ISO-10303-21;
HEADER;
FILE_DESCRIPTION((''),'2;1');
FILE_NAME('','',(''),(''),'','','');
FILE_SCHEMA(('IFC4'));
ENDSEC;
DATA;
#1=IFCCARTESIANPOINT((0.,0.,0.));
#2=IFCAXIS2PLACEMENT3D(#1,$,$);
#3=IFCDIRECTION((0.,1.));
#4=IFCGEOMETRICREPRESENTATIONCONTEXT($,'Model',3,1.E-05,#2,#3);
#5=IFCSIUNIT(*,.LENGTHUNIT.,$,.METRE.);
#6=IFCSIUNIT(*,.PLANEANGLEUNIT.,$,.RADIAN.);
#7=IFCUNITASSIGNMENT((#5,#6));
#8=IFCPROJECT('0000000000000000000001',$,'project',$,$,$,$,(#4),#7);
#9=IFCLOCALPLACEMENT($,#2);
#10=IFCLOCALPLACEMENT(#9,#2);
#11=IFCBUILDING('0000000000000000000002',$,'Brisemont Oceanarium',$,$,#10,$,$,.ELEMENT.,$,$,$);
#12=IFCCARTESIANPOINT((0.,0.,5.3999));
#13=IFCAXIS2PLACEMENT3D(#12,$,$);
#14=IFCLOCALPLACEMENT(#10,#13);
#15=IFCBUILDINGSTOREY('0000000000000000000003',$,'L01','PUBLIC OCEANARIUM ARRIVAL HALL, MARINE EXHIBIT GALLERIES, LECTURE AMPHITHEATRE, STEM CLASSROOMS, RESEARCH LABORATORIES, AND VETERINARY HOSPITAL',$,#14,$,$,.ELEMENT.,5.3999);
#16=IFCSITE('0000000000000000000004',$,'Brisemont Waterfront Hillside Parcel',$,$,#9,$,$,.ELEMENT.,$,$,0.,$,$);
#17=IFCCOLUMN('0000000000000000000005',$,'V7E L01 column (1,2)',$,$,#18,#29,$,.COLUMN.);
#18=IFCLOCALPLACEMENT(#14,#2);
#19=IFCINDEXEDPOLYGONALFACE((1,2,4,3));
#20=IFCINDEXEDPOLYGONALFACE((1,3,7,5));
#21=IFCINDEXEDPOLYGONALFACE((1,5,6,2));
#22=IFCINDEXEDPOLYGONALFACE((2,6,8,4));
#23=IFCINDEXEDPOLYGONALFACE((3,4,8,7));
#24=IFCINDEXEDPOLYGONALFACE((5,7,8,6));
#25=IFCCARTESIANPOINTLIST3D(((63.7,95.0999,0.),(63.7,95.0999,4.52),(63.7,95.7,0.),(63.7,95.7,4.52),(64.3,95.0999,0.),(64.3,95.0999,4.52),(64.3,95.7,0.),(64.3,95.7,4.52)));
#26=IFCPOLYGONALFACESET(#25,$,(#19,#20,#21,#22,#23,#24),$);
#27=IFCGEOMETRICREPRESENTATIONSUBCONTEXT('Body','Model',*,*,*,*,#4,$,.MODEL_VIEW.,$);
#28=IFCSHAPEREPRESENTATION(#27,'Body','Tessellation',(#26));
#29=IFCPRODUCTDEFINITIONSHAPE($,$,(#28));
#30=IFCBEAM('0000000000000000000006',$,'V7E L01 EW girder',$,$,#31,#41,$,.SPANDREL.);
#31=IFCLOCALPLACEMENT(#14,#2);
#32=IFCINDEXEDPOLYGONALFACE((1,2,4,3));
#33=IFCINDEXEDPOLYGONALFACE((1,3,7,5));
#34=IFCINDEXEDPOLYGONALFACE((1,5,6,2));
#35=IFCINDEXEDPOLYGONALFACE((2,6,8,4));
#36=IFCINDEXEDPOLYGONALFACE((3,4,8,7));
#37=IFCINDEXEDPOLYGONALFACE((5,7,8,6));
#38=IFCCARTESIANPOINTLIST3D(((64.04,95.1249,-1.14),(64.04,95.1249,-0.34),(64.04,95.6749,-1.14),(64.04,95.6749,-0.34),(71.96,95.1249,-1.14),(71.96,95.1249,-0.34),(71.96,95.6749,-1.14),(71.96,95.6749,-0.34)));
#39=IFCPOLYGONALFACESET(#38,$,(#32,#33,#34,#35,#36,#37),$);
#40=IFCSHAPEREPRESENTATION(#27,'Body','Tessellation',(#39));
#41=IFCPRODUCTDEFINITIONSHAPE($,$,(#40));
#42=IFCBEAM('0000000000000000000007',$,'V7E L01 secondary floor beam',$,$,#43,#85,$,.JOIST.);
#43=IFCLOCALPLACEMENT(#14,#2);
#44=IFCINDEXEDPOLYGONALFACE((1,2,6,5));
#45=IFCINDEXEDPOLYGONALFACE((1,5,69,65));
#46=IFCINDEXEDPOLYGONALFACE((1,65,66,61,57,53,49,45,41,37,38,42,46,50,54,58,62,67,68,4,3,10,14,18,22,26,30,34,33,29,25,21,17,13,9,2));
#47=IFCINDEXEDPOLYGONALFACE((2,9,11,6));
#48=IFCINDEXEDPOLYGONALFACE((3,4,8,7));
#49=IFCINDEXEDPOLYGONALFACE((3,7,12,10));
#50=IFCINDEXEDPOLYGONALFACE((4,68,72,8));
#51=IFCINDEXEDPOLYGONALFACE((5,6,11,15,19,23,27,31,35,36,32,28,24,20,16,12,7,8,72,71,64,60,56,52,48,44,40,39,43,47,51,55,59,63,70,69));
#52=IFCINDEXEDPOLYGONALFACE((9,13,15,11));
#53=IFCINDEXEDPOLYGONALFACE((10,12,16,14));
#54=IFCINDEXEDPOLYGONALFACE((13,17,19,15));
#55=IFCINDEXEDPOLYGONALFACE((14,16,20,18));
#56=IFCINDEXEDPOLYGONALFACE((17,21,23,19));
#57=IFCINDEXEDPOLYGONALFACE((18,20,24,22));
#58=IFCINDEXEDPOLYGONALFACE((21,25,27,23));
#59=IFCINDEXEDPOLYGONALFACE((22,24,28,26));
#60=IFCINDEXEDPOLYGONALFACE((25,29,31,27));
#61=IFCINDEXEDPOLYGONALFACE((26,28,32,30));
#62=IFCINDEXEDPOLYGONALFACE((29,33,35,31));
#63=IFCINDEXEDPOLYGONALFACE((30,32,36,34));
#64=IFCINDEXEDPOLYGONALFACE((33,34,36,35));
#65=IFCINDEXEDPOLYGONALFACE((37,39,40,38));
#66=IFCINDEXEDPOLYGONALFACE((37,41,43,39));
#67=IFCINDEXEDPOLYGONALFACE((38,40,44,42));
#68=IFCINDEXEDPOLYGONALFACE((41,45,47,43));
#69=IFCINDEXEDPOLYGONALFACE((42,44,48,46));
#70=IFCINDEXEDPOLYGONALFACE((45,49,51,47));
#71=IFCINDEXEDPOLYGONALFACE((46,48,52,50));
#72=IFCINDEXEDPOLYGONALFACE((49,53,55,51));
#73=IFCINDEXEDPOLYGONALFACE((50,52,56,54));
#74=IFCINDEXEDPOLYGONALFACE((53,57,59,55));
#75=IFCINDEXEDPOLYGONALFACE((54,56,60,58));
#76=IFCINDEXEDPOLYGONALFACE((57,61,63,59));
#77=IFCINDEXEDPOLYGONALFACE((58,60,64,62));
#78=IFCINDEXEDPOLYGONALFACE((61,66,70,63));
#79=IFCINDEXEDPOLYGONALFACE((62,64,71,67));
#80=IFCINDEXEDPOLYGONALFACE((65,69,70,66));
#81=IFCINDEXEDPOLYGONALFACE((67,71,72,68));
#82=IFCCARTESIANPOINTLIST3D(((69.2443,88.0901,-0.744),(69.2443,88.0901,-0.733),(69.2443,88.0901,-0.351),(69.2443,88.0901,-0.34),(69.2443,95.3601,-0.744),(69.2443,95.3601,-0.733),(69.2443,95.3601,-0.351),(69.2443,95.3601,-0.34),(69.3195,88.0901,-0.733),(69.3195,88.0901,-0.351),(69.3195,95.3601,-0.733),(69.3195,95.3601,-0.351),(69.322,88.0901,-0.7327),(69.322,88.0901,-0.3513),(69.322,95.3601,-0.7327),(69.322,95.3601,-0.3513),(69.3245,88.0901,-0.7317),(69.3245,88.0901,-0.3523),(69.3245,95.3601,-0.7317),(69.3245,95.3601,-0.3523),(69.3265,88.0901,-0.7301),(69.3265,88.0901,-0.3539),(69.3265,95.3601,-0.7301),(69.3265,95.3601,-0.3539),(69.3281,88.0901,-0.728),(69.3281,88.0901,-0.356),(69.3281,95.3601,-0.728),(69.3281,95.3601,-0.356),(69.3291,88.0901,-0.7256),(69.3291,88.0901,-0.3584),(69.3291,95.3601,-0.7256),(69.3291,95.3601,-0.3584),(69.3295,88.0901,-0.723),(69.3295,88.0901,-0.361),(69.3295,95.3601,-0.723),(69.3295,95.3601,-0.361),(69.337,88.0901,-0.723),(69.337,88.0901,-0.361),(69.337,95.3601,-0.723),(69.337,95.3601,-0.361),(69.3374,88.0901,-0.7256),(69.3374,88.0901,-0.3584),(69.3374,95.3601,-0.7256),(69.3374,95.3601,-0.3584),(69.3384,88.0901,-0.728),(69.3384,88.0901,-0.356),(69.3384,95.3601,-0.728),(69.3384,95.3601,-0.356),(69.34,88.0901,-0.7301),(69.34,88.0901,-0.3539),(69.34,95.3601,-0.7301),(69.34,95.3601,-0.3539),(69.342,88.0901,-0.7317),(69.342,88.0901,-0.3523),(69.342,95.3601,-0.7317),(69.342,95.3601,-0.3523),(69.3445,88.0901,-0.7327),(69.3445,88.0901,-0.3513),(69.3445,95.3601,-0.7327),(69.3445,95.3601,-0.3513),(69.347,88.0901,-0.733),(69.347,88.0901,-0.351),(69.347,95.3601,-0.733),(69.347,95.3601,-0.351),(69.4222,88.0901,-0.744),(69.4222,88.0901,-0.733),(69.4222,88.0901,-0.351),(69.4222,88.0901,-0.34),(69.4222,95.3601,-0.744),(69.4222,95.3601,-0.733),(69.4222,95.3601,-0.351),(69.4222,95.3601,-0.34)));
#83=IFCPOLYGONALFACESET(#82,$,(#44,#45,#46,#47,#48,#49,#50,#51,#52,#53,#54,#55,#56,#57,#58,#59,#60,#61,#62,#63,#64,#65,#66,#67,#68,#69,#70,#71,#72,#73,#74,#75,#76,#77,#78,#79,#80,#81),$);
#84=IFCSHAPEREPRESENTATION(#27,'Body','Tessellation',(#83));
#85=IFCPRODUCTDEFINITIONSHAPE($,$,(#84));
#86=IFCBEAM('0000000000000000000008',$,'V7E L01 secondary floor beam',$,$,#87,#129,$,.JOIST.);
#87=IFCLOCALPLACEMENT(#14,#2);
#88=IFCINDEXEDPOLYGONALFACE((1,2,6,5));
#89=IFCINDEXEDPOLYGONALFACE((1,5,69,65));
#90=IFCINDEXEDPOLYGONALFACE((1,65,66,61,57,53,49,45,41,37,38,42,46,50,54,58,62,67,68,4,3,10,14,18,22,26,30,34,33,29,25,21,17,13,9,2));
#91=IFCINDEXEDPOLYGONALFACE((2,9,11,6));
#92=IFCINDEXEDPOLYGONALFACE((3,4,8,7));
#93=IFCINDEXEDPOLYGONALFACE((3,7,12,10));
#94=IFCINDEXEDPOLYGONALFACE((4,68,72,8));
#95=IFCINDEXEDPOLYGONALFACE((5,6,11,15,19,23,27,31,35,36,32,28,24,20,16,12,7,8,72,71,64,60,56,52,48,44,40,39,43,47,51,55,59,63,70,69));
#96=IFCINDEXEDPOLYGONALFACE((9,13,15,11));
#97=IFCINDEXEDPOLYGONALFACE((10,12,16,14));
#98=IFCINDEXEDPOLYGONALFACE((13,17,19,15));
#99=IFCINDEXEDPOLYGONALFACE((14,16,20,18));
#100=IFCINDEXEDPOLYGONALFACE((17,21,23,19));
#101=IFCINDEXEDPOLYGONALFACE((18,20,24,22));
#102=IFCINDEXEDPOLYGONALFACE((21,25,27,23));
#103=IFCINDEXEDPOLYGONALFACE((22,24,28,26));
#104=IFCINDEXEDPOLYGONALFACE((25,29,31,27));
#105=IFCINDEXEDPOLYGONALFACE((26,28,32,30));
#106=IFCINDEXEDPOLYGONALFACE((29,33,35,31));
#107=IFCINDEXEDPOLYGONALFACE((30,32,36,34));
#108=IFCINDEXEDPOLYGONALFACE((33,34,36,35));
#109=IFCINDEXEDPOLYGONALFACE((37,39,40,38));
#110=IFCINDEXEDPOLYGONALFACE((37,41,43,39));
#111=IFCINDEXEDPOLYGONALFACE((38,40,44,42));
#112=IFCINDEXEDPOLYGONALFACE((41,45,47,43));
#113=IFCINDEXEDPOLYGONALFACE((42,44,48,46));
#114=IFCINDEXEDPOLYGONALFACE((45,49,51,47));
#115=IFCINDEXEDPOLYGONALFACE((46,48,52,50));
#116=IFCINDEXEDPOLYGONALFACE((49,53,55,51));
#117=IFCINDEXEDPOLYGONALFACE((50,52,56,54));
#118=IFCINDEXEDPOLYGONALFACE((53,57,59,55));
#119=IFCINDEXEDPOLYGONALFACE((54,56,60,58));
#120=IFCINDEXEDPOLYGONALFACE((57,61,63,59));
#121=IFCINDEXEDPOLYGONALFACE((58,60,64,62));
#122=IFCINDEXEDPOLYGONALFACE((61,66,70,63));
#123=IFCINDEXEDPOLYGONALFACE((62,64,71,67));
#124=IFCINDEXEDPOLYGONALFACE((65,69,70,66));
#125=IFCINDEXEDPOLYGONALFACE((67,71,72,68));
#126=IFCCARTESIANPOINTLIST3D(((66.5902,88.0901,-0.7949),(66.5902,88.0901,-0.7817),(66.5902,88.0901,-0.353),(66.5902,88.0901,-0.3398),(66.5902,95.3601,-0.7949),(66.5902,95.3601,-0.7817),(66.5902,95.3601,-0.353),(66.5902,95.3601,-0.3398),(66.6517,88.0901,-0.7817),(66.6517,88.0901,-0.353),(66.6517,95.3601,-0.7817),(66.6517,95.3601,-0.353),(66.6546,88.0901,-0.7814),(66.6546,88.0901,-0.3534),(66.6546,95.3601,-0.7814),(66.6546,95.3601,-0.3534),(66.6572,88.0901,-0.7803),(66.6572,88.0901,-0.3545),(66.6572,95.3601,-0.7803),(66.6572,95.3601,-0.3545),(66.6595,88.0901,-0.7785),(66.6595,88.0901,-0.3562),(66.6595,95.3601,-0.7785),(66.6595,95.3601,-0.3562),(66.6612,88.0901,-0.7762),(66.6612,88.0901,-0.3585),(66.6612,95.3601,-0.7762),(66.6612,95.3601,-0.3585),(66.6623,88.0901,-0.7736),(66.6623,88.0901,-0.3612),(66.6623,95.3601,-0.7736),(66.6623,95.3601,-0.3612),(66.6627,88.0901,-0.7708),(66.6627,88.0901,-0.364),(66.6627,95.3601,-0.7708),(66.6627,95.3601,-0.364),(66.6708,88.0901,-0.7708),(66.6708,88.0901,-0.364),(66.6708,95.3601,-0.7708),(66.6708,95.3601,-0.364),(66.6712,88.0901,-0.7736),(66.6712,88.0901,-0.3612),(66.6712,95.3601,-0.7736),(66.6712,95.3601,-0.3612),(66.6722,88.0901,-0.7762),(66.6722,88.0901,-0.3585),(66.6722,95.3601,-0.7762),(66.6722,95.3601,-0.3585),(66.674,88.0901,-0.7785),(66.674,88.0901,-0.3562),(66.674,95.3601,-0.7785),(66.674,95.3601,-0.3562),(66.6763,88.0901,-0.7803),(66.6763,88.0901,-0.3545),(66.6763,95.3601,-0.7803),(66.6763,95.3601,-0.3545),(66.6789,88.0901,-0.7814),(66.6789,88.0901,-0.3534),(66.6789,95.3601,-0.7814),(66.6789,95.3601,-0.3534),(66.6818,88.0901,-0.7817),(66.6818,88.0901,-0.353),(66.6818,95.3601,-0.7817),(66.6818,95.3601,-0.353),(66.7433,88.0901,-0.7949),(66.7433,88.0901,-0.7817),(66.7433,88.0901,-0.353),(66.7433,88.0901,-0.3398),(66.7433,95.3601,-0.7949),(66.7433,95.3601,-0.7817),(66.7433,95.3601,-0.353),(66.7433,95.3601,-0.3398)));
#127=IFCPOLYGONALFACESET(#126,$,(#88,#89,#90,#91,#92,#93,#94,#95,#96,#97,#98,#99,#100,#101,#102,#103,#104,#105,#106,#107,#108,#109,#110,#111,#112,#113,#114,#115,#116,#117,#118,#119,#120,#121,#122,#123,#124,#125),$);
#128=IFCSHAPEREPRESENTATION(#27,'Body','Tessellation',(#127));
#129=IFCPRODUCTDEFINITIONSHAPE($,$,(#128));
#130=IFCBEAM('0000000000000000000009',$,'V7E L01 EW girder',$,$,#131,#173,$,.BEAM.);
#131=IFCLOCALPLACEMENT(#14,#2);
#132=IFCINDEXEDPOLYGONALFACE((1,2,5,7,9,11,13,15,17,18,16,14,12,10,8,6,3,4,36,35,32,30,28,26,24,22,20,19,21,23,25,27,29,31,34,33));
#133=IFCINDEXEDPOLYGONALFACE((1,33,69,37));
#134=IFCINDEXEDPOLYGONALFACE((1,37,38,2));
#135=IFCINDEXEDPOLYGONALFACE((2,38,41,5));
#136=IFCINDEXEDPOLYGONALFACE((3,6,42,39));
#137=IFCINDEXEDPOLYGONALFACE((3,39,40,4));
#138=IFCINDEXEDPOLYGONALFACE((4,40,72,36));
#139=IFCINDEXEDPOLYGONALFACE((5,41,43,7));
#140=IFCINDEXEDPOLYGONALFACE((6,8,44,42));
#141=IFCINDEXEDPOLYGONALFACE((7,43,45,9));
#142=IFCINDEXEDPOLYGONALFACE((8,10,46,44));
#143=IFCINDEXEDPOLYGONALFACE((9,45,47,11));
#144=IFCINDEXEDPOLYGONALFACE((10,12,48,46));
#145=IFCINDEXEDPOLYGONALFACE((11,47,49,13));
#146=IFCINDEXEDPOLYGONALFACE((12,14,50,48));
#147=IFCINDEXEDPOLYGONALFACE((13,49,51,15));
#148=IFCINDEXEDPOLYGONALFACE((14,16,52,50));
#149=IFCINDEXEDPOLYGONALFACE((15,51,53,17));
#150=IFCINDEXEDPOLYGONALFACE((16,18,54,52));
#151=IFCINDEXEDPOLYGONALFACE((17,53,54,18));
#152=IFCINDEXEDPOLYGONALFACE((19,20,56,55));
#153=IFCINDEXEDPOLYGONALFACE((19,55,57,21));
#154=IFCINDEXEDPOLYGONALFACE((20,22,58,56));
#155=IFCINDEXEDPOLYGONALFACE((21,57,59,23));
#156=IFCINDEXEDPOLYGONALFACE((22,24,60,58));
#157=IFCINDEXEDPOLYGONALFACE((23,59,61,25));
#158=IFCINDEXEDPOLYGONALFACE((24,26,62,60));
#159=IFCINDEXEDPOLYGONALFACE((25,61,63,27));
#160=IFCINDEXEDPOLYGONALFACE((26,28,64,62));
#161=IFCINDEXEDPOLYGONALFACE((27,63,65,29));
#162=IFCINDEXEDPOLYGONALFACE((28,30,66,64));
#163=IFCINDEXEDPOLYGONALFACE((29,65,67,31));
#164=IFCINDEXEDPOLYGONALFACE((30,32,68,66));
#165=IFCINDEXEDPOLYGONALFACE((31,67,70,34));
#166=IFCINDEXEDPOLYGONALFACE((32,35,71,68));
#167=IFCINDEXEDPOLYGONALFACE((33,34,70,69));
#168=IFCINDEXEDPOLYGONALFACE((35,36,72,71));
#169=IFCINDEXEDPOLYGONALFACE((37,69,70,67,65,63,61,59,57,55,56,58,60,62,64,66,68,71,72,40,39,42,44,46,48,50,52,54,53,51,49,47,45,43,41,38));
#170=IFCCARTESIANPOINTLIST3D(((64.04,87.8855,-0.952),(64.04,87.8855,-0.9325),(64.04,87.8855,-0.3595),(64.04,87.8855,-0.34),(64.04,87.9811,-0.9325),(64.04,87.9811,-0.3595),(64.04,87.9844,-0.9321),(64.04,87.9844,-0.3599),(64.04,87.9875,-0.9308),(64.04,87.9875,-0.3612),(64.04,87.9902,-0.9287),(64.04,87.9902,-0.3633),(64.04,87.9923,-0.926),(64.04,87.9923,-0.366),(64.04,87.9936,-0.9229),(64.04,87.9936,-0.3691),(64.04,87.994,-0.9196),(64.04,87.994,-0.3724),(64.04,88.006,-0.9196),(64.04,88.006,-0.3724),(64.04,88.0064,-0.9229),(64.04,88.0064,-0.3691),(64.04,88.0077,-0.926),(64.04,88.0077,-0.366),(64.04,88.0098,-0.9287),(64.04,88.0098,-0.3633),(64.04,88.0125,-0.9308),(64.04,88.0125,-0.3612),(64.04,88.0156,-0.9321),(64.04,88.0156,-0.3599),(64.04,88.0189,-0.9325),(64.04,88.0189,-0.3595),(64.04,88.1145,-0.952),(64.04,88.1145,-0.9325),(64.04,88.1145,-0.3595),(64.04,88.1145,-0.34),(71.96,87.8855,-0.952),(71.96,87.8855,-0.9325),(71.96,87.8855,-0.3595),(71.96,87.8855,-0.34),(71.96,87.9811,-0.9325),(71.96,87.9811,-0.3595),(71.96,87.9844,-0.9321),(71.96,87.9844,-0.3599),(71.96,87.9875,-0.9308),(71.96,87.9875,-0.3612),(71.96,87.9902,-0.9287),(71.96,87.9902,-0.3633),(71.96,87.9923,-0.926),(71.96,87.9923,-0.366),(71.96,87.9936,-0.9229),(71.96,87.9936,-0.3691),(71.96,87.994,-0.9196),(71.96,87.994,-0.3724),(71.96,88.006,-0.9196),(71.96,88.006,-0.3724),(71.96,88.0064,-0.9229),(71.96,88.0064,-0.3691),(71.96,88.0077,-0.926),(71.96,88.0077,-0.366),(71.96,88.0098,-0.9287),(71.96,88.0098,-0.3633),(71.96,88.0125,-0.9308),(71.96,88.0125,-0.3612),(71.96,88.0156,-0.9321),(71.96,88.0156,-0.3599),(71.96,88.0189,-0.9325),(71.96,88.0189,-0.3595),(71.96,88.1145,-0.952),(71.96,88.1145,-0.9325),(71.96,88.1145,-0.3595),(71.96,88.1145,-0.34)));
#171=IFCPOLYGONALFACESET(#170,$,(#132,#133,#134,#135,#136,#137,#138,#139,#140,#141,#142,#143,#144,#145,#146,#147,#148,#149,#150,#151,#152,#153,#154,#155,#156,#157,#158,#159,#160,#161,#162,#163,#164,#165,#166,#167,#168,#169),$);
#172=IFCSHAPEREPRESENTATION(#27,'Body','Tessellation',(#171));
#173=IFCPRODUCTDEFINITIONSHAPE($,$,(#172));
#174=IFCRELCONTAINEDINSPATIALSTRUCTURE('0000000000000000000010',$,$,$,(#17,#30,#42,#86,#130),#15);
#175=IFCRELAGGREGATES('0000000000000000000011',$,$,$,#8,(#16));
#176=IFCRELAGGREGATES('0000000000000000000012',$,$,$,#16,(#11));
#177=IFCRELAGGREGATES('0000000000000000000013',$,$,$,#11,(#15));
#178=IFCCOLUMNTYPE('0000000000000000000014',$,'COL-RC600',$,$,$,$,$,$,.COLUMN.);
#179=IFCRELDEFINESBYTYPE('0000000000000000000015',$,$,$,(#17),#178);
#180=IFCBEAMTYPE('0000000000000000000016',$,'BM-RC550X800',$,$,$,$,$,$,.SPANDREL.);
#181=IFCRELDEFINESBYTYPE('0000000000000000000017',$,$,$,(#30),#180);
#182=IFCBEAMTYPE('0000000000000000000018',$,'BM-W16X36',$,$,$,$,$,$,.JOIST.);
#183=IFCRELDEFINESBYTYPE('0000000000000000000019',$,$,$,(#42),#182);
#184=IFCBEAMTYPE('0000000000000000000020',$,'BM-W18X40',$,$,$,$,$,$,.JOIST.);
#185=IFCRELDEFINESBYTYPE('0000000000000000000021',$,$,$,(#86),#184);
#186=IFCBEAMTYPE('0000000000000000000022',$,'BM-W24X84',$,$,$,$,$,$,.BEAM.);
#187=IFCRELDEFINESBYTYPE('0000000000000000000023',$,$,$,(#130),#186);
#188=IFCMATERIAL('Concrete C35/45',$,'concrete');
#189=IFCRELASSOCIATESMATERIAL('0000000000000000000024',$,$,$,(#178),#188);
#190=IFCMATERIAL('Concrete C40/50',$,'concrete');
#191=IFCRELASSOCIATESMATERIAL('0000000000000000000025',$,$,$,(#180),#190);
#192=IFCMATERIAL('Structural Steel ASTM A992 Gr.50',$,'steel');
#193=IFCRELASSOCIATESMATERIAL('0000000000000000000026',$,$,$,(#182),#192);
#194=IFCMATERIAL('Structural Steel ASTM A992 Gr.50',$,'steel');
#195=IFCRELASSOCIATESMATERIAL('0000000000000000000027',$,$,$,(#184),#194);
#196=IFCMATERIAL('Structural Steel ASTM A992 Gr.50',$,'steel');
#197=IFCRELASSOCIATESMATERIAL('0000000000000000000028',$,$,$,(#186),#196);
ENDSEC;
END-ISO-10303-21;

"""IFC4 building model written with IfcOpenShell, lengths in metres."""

from ifc_helpers import new_model, si_unit, direction, frame, origin, origin_2d, place, context, subcontext, project, spatial, rectangle, i_section, extrude, material, material_profile, profile_set, type_object, element, save


model = new_model("IFC4")

# Units and contexts
model_context = context("Model", 3, precision=1e-05, world=origin(), true_north=direction((0.0, 1.0)))
body_context = subcontext(model_context, "Body", "Model", "MODEL_VIEW")
ifc_project = project(units=[si_unit("LENGTHUNIT", "METRE"), si_unit("PLANEANGLEUNIT", "RADIAN")], contexts=[model_context])

# Site, building, storey
site_placement = place(None, origin())
site = spatial("IfcSite", under=ifc_project, at=site_placement, Name="Brisemont Waterfront Hillside Parcel", CompositionType="ELEMENT", RefElevation=0.0)
building_placement = place(site_placement, origin())
building = spatial("IfcBuilding", under=site, at=building_placement, Name="Brisemont Oceanarium", CompositionType="ELEMENT")
storey_placement = place(building_placement, frame((0.0, 0.0, 5.3999)))
storey = spatial("IfcBuildingStorey", under=building, at=storey_placement, Name="L01", Description="PUBLIC OCEANARIUM ARRIVAL HALL, MARINE EXHIBIT GALLERIES, LECTURE AMPHITHEATRE, STEM CLASSROOMS, RESEARCH LABORATORIES, AND VETERINARY HOSPITAL", CompositionType="ELEMENT", Elevation=5.3999)

# Column
ifc_material_1 = material(Name="Concrete C35/45", Category="concrete")
ifc_material_profile_1 = material_profile(ifc_material_1, rectangle(XDim=0.6001, YDim=0.6001, at=origin_2d()), Name="RC-COL-600X600")
ifc_profile_set_1 = profile_set([ifc_material_profile_1], Name="Concrete C35/45")
column_type = type_object("IfcColumnType", Name="COL-RC600", PredefinedType="COLUMN", material=ifc_profile_set_1)
column_placement = place(storey_placement, frame((64.0, 95.3999, 0.0), z_axis=(0.0, 0.0, 1.0), x_axis=(0.0, 1.0, 0.0)))
element("IfcColumn", 1, at=column_placement, inside=storey, type_object=column_type, Name="V7E L01 column (1,2)", PredefinedType="COLUMN", context=body_context, shape_type="SweptSolid", body=[
    extrude(rectangle(XDim=0.6001, YDim=0.6001, at=origin_2d()), origin(), (0.0, 0.0, 1.0), 4.52),
])

# Beams
ifc_material_2 = material(Name="Concrete C40/50", Category="concrete")
ifc_material_profile_2 = material_profile(ifc_material_2, rectangle(XDim=0.55, YDim=0.8, at=origin_2d()), Name="RC-BM-550X800")
ifc_profile_set_2 = profile_set([ifc_material_profile_2], Name="Concrete C40/50")
beam_type_1 = type_object("IfcBeamType", Name="BM-RC550X800", PredefinedType="SPANDREL", material=ifc_profile_set_2)
beam_1_placement = place(storey_placement, frame((64.04, 95.3999, -0.74), z_axis=(1.0, 0.0, 0.0), x_axis=(0.0, 1.0, 0.0)))
element("IfcBeam", 2, at=beam_1_placement, inside=storey, type_object=beam_type_1, Name="V7E L01 EW girder", PredefinedType="SPANDREL", context=body_context, shape_type="SweptSolid", body=[
    extrude(rectangle(XDim=0.55, YDim=0.8, at=origin_2d()), origin(), (0.0, 0.0, 1.0), 7.9199),
])
ifc_material_3 = material(Name="Structural Steel ASTM A992 Gr.50", Category="steel")
ifc_material_profile_3 = material_profile(ifc_material_3, i_section(OverallWidth=0.178, OverallDepth=0.4041, WebThickness=0.0076, FlangeThickness=0.011, FilletRadius=0.01, at=origin_2d()), Name="W16X36")
ifc_profile_set_3 = profile_set([ifc_material_profile_3], Name="Structural Steel ASTM A992 Gr.50")
beam_type_2 = type_object("IfcBeamType", Name="BM-W16X36", PredefinedType="JOIST", material=ifc_profile_set_3)
beam_2_placement = place(storey_placement, frame((69.3333, 88.0901, -0.542), z_axis=(0.0, 1.0, 0.0), x_axis=(-1.0, 0.0, 0.0)))
element("IfcBeam", 3, at=beam_2_placement, inside=storey, type_object=beam_type_2, Name="V7E L01 secondary floor beam", PredefinedType="JOIST", context=body_context, shape_type="SweptSolid", body=[
    extrude(i_section(OverallWidth=0.178, OverallDepth=0.4041, WebThickness=0.0076, FlangeThickness=0.011, FilletRadius=0.01, at=origin_2d()), origin(), (0.0, 0.0, 1.0), 7.27),
])
ifc_material_4 = material(Name="Structural Steel ASTM A992 Gr.50", Category="steel")
ifc_material_profile_4 = material_profile(ifc_material_4, i_section(OverallWidth=0.1531, OverallDepth=0.4551, WebThickness=0.0081, FlangeThickness=0.0132, FilletRadius=0.011, at=origin_2d()), Name="W18X40")
ifc_profile_set_4 = profile_set([ifc_material_profile_4], Name="Structural Steel ASTM A992 Gr.50")
beam_type_3 = type_object("IfcBeamType", Name="BM-W18X40", PredefinedType="JOIST", material=ifc_profile_set_4)
beam_3_placement = place(storey_placement, frame((66.6667, 88.0901, -0.5674), z_axis=(0.0, 1.0, 0.0), x_axis=(-1.0, 0.0, 0.0)))
element("IfcBeam", 4, at=beam_3_placement, inside=storey, type_object=beam_type_3, Name="V7E L01 secondary floor beam", PredefinedType="JOIST", context=body_context, shape_type="SweptSolid", body=[
    extrude(i_section(OverallWidth=0.1531, OverallDepth=0.4551, WebThickness=0.0081, FlangeThickness=0.0132, FilletRadius=0.011, at=origin_2d()), origin(), (0.0, 0.0, 1.0), 7.27),
])
ifc_material_5 = material(Name="Structural Steel ASTM A992 Gr.50", Category="steel")
ifc_material_profile_5 = material_profile(ifc_material_5, i_section(OverallWidth=0.229, OverallDepth=0.6121, WebThickness=0.012, FlangeThickness=0.0195, FilletRadius=0.0129, at=origin_2d()), Name="W24X84")
ifc_profile_set_5 = profile_set([ifc_material_profile_5], Name="Structural Steel ASTM A992 Gr.50")
beam_type_4 = type_object("IfcBeamType", Name="BM-W24X84", PredefinedType="BEAM", material=ifc_profile_set_5)
beam_4_placement = place(storey_placement, frame((64.04, 88.0, -0.646), z_axis=(1.0, 0.0, 0.0), x_axis=(0.0, 1.0, 0.0)))
element("IfcBeam", 5, at=beam_4_placement, inside=storey, type_object=beam_type_4, Name="V7E L01 EW girder", PredefinedType="BEAM", context=body_context, shape_type="SweptSolid", body=[
    extrude(i_section(OverallWidth=0.229, OverallDepth=0.6121, WebThickness=0.012, FlangeThickness=0.0195, FilletRadius=0.0129, at=origin_2d()), origin(), (0.0, 0.0, 1.0), 7.9199),
])

save(model, "model.ifc")
